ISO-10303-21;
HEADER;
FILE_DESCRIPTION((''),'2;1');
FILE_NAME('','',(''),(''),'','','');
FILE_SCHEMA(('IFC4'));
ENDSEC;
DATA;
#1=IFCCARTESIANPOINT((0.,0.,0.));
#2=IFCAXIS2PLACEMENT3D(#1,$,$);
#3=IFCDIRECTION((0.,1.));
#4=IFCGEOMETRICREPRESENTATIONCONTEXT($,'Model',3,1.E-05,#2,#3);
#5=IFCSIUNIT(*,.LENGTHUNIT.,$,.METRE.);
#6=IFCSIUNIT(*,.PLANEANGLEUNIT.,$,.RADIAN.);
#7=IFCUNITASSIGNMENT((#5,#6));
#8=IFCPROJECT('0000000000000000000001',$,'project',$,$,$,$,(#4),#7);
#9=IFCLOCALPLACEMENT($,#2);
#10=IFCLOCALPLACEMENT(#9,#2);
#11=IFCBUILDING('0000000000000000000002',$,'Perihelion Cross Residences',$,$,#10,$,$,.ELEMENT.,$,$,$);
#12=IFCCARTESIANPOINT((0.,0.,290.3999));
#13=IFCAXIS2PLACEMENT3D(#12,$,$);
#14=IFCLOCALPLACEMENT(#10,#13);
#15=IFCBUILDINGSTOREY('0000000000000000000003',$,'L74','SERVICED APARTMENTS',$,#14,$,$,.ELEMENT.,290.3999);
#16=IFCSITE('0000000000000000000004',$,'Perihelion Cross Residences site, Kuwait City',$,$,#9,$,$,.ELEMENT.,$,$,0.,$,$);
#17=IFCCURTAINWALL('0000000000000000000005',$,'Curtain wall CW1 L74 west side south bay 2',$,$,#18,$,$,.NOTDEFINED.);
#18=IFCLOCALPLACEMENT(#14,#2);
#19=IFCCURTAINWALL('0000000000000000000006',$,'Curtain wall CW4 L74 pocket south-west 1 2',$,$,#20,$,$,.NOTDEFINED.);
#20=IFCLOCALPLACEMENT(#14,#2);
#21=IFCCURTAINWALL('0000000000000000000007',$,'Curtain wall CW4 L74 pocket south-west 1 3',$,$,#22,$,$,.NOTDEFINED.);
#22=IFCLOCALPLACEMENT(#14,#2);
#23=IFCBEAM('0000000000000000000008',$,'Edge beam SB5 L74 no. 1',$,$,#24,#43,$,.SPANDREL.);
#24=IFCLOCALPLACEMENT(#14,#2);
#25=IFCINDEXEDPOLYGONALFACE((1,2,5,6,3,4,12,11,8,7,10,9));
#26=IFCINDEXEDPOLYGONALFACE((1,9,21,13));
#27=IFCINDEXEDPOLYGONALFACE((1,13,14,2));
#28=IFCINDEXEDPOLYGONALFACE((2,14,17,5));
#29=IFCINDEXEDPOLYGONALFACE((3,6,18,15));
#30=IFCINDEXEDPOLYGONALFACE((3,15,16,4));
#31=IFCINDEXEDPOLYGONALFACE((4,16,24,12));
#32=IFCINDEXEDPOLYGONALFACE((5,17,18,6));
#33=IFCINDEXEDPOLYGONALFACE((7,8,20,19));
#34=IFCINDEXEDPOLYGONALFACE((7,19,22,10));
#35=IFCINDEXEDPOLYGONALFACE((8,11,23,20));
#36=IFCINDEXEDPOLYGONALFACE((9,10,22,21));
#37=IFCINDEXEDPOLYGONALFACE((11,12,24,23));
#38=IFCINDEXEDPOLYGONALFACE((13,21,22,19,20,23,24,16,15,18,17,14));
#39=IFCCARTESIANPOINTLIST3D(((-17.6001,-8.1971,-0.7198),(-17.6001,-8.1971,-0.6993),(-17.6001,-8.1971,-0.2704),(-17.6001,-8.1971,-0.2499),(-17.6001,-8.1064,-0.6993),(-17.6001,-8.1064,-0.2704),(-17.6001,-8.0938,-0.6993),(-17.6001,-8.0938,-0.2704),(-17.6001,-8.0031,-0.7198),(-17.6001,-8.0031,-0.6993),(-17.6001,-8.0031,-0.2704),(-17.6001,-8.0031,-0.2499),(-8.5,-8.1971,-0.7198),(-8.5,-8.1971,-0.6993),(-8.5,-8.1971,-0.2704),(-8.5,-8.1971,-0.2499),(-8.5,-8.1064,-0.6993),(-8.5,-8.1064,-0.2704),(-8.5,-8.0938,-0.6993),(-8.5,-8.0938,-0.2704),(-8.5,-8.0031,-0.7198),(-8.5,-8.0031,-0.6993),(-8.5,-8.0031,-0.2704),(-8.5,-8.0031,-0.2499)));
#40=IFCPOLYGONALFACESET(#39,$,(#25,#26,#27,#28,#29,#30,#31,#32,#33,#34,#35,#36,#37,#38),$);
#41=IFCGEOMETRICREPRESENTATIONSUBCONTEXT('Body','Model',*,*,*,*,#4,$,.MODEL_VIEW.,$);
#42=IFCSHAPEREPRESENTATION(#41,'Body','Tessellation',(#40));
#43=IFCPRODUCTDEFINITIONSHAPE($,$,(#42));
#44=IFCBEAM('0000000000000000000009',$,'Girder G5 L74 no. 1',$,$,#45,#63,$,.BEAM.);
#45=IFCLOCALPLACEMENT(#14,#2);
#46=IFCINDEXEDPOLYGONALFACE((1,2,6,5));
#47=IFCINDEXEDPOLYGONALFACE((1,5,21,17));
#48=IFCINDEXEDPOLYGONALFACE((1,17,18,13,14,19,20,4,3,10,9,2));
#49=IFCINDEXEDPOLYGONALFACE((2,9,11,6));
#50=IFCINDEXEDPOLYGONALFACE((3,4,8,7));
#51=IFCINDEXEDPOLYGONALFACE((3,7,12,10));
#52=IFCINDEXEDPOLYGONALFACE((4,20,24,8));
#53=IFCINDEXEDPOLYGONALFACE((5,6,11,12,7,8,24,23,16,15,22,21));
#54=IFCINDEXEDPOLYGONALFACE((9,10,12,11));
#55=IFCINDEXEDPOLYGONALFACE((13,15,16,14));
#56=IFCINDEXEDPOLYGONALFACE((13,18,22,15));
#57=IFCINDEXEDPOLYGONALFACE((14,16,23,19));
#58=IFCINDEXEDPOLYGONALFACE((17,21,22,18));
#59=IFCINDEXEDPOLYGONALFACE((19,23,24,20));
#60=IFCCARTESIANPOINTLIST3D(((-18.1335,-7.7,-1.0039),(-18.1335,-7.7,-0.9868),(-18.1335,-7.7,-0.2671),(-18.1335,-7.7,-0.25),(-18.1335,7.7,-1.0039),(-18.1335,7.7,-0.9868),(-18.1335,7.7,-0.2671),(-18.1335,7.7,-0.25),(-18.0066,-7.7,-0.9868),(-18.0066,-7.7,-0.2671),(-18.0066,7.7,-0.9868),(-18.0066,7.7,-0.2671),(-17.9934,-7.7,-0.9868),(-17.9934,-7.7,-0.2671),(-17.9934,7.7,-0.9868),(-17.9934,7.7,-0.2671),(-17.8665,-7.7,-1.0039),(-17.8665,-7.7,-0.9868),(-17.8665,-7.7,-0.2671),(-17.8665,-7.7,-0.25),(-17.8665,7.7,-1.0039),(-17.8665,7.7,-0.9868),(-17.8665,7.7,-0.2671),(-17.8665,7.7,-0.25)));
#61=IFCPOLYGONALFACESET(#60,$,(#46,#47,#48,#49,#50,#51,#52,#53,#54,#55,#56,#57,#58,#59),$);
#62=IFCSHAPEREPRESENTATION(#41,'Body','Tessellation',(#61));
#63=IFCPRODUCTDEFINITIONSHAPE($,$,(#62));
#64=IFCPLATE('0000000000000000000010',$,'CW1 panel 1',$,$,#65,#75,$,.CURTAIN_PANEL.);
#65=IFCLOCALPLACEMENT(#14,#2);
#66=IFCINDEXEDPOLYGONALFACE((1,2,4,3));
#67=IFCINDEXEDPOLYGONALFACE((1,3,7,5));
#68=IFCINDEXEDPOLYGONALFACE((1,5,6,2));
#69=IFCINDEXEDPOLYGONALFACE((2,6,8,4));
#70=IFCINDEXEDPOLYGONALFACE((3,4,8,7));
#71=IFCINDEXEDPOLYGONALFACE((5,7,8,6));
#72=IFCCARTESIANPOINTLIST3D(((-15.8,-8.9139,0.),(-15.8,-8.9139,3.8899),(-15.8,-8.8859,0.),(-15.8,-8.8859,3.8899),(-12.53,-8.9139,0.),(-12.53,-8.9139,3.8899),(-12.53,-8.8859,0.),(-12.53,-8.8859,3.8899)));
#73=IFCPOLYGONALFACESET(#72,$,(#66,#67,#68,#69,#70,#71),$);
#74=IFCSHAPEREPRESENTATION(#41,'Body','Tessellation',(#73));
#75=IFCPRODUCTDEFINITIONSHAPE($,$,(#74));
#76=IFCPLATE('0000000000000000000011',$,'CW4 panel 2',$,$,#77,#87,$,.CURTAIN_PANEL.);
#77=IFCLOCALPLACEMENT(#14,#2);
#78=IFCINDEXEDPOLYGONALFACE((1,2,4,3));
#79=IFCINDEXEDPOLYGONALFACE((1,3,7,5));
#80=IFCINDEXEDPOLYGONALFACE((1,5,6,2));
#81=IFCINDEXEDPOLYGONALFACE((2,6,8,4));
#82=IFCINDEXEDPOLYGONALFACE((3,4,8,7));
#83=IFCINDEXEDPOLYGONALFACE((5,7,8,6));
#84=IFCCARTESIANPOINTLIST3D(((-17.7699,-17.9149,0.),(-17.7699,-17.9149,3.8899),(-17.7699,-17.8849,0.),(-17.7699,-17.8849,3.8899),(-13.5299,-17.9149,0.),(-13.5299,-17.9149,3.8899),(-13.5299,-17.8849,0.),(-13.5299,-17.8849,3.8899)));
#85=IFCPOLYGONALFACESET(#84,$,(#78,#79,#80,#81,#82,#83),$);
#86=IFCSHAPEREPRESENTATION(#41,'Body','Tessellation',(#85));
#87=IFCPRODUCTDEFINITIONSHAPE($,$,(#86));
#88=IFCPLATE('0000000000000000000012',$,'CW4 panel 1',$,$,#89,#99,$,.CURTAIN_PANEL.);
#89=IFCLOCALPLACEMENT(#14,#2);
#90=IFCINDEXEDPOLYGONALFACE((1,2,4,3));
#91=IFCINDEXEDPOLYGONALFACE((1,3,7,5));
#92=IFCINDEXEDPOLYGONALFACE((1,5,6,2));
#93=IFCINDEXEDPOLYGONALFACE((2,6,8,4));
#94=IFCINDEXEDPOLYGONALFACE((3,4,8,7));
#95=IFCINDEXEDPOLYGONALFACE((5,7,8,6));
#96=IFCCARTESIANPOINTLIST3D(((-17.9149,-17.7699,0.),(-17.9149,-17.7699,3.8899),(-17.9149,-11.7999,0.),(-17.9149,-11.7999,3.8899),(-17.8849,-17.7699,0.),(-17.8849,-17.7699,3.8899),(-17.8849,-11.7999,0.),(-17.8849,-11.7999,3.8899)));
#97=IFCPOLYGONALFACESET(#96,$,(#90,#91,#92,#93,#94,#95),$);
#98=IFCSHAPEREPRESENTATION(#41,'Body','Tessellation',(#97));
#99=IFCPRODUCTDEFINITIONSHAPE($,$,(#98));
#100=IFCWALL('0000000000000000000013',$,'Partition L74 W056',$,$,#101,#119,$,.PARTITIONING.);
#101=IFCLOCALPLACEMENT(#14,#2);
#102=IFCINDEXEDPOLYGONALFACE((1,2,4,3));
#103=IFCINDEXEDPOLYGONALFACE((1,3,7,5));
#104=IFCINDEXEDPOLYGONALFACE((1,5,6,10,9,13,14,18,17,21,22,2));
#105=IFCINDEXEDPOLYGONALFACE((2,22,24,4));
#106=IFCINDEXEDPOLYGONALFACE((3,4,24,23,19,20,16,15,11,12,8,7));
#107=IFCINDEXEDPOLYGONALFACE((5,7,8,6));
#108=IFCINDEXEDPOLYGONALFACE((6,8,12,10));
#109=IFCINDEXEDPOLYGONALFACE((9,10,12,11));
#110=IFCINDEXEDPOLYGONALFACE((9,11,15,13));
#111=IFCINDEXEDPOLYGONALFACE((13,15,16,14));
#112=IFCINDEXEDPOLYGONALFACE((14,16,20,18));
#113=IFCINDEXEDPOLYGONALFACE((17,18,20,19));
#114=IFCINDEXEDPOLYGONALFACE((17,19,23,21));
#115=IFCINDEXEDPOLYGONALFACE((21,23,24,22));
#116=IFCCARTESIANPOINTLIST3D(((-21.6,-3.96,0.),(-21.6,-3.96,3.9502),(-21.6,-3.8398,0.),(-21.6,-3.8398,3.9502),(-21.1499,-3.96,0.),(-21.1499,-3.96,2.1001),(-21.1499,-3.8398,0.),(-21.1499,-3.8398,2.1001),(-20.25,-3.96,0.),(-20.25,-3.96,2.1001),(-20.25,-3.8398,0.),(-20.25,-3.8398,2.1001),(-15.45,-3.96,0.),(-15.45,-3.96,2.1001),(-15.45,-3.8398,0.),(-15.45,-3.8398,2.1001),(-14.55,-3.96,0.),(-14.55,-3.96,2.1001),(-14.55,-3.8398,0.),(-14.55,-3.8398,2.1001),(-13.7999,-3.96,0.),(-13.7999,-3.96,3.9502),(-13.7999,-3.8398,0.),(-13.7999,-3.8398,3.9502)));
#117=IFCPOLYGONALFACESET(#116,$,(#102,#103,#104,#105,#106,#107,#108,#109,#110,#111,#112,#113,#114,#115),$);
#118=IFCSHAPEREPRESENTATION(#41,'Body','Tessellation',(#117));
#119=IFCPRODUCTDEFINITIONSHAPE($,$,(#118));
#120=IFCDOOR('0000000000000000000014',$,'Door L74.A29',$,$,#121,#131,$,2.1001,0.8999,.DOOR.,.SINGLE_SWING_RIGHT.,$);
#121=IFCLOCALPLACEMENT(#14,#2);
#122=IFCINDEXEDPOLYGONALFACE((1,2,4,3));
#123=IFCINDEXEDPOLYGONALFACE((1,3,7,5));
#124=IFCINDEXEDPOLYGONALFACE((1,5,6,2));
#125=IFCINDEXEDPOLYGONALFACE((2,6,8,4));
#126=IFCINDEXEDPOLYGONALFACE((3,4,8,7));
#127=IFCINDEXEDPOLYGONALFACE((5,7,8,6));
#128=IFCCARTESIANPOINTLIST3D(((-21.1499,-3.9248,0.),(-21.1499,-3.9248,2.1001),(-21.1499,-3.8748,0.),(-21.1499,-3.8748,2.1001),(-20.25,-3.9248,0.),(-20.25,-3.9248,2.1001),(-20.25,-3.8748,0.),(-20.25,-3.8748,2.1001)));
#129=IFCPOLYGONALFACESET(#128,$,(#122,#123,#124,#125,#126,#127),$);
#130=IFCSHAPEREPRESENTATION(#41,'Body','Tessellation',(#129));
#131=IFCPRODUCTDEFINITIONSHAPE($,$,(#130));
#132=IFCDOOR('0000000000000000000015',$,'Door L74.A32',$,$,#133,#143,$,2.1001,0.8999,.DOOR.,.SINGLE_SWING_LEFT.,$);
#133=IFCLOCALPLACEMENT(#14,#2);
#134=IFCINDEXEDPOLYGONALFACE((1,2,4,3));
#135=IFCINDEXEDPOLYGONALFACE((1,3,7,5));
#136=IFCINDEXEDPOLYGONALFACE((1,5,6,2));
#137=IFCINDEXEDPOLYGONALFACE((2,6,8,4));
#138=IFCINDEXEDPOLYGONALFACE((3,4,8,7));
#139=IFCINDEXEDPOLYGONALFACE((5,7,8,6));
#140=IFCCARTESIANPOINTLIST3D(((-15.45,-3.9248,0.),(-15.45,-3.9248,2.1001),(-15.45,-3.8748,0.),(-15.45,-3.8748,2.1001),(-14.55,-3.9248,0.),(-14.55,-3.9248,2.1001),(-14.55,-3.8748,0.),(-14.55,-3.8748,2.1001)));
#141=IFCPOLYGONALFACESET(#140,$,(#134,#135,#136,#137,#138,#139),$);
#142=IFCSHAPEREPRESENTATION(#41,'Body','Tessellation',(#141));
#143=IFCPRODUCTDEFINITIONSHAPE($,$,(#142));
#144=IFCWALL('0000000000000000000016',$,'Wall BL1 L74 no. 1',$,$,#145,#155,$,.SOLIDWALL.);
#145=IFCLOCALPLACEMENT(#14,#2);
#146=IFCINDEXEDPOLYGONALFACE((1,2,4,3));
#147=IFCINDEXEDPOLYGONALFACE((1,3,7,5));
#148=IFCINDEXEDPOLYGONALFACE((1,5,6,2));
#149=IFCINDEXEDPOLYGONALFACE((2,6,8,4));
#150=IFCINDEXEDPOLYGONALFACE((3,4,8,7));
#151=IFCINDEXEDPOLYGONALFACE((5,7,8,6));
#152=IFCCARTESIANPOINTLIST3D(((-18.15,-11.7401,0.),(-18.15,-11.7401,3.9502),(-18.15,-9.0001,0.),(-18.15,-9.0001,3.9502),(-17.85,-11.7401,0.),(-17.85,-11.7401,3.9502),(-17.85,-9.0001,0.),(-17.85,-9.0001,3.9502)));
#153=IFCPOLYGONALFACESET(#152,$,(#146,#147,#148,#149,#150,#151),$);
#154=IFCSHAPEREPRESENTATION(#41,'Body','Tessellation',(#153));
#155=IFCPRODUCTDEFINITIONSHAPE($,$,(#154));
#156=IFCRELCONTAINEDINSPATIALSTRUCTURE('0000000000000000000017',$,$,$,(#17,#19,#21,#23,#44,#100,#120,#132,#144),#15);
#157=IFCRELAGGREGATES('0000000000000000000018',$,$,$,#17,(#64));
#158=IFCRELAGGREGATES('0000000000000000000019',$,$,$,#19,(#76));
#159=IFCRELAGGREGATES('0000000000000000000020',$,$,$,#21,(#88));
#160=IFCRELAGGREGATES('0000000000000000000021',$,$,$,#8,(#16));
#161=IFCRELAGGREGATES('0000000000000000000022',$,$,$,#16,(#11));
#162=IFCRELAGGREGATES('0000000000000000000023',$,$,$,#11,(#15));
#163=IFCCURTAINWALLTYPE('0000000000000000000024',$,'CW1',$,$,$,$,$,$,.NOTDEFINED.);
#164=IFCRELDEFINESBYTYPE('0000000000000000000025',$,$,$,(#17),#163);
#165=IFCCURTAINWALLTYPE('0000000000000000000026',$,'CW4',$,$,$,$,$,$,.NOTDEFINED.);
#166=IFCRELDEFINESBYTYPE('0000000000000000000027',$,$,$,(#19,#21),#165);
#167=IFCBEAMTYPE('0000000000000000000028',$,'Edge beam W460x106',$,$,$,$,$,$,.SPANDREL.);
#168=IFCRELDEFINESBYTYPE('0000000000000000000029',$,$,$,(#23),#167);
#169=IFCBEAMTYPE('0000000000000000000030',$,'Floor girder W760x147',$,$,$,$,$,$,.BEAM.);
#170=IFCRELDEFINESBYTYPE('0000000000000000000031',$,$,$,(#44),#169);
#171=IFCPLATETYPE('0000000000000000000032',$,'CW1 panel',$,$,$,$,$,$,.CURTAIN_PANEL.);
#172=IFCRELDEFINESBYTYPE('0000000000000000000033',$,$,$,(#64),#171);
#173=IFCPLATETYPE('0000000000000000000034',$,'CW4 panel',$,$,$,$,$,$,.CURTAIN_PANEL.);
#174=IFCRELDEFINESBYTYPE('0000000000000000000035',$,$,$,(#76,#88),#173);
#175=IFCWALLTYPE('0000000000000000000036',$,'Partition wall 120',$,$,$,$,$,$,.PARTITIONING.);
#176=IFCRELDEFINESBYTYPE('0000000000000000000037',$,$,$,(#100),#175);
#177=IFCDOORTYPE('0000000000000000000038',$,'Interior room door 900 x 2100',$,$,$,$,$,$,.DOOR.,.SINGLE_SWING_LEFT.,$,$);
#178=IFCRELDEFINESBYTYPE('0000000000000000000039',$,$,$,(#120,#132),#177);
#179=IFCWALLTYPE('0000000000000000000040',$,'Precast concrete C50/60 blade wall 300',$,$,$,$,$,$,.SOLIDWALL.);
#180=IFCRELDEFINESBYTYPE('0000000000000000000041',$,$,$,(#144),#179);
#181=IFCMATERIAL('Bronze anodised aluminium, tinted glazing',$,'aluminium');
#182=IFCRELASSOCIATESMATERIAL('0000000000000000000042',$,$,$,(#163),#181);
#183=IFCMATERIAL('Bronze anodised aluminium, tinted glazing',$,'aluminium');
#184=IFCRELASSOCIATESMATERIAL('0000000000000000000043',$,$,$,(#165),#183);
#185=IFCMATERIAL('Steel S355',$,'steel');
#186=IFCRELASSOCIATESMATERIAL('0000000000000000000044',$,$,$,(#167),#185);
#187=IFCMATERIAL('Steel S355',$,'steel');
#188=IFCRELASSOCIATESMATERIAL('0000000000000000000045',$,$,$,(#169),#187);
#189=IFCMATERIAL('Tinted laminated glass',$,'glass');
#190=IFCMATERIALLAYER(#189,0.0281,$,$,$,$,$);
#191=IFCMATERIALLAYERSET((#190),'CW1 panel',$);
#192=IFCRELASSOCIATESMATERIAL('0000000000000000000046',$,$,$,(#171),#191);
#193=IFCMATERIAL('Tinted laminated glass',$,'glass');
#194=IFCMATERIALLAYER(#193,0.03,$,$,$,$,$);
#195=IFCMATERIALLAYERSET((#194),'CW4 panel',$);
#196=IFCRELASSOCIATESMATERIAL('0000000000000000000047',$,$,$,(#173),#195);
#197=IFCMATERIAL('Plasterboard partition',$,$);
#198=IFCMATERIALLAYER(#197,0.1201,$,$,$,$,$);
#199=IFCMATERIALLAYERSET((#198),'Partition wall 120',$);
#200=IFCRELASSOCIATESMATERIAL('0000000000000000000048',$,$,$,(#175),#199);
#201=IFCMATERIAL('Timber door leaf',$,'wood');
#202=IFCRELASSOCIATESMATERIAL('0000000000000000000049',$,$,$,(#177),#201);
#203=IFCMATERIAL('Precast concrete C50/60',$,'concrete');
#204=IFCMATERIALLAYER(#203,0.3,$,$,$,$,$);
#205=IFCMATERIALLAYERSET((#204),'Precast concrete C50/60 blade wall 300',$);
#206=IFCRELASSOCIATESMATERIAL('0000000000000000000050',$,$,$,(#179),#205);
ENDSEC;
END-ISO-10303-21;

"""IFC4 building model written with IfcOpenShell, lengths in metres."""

from ifc_helpers import new_model, si_unit, direction, frame, frame_2d, origin, origin_2d, place, context, subcontext, project, spatial, rectangle, i_section, extrude, material, layer, layer_set, material_profile, profile_set, type_object, element, fill, aggregate, save


model = new_model("IFC4")

# Units and contexts
model_context = context("Model", 3, precision=1e-05, world=origin(), true_north=direction((0.0, 1.0)))
body_context = subcontext(model_context, "Body", "Model", "MODEL_VIEW")
ifc_project = project(units=[si_unit("LENGTHUNIT", "METRE"), si_unit("PLANEANGLEUNIT", "RADIAN")], contexts=[model_context])

# Site, building, storey
site_placement = place(None, origin())
site = spatial("IfcSite", under=ifc_project, at=site_placement, Name="Perihelion Cross Residences site, Kuwait City", CompositionType="ELEMENT", RefElevation=0.0)
building_placement = place(site_placement, origin())
building = spatial("IfcBuilding", under=site, at=building_placement, Name="Perihelion Cross Residences", CompositionType="ELEMENT")
storey_placement = place(building_placement, frame((0.0, 0.0, 290.3999)))
storey = spatial("IfcBuildingStorey", under=building, at=storey_placement, Name="L74", Description="SERVICED APARTMENTS", CompositionType="ELEMENT", Elevation=290.3999)

# Curtain walls
ifc_material_1 = material(Name="Bronze anodised aluminium, tinted glazing", Category="aluminium")
curtain_wall_type_1 = type_object("IfcCurtainWallType", Name="CW1", PredefinedType="NOTDEFINED", material=ifc_material_1)
curtain_wall_1_placement = place(storey_placement, origin())
curtain_wall_1 = element("IfcCurtainWall", 1, at=curtain_wall_1_placement, inside=storey, type_object=curtain_wall_type_1, Name="Curtain wall CW1 L74 west side south bay 2", PredefinedType="NOTDEFINED")
ifc_material_2 = material(Name="Bronze anodised aluminium, tinted glazing", Category="aluminium")
curtain_wall_type_2 = type_object("IfcCurtainWallType", Name="CW4", PredefinedType="NOTDEFINED", material=ifc_material_2)
curtain_wall_2_placement = place(storey_placement, origin())
curtain_wall_2 = element("IfcCurtainWall", 2, at=curtain_wall_2_placement, inside=storey, type_object=curtain_wall_type_2, Name="Curtain wall CW4 L74 pocket south-west 1 2", PredefinedType="NOTDEFINED")

# Curtain wall
curtain_wall_3_placement = place(storey_placement, origin())
curtain_wall_3 = element("IfcCurtainWall", 3, at=curtain_wall_3_placement, inside=storey, type_object=curtain_wall_type_2, Name="Curtain wall CW4 L74 pocket south-west 1 3", PredefinedType="NOTDEFINED")

# Beams
ifc_material_3 = material(Name="Steel S355", Category="steel")
ifc_material_profile_1 = material_profile(ifc_material_3, i_section(OverallWidth=0.1941, OverallDepth=0.47, WebThickness=0.0127, FlangeThickness=0.0205, at=origin_2d()), Name="W460x106")
ifc_profile_set_1 = profile_set([ifc_material_profile_1], Name="Steel S355")
beam_type_1 = type_object("IfcBeamType", Name="Edge beam W460x106", PredefinedType="SPANDREL", material=ifc_profile_set_1)
beam_1_placement = place(storey_placement, frame((-17.6001, -8.1001, -0.4849), z_axis=(1.0, 0.0, 0.0), x_axis=(0.0, 1.0, 0.0)))
element("IfcBeam", 4, at=beam_1_placement, inside=storey, type_object=beam_type_1, Name="Edge beam SB5 L74 no. 1", PredefinedType="SPANDREL", context=body_context, shape_type="SweptSolid", body=[
    extrude(i_section(OverallWidth=0.1941, OverallDepth=0.47, WebThickness=0.0127, FlangeThickness=0.0205, at=origin_2d()), origin(), (0.0, 0.0, 1.0), 9.1001),
])
ifc_material_4 = material(Name="Steel S355", Category="steel")
ifc_material_profile_2 = material_profile(ifc_material_4, i_section(OverallWidth=0.2671, OverallDepth=0.7539, WebThickness=0.0132, FlangeThickness=0.0171, at=origin_2d()), Name="W760x147")
ifc_profile_set_2 = profile_set([ifc_material_profile_2], Name="Steel S355")
beam_type_2 = type_object("IfcBeamType", Name="Floor girder W760x147", PredefinedType="BEAM", material=ifc_profile_set_2)
beam_2_placement = place(storey_placement, frame((-18.0, -7.7, -0.627), z_axis=(0.0, 1.0, 0.0), x_axis=(-1.0, 0.0, 0.0)))
element("IfcBeam", 5, at=beam_2_placement, inside=storey, type_object=beam_type_2, Name="Girder G5 L74 no. 1", PredefinedType="BEAM", context=body_context, shape_type="SweptSolid", body=[
    extrude(i_section(OverallWidth=0.2671, OverallDepth=0.7539, WebThickness=0.0132, FlangeThickness=0.0171, at=origin_2d()), origin(), (0.0, 0.0, 1.0), 15.3999),
])

# Plates
ifc_material_5 = material(Name="Tinted laminated glass", Category="glass")
ifc_layer_1 = layer(ifc_material_5, 0.0281)
ifc_layer_set_1 = layer_set([ifc_layer_1], Name="CW1 panel")
plate_type_1 = type_object("IfcPlateType", Name="CW1 panel", PredefinedType="CURTAIN_PANEL", material=ifc_layer_set_1)
plate_1_placement = place(storey_placement, frame((-14.165, -8.8999, 0.0), z_axis=(0.0, 0.0, 1.0), x_axis=(1.0, 0.0, 0.0)))
plate_1 = element("IfcPlate", 6, at=plate_1_placement, type_object=plate_type_1, Name="CW1 panel 1", PredefinedType="CURTAIN_PANEL", context=body_context, shape_type="SweptSolid", body=[
    extrude(rectangle(XDim=3.27, YDim=0.0281, at=origin_2d()), origin(), (0.0, 0.0, 1.0), 3.8899),
])
aggregate(curtain_wall_1, [plate_1])
ifc_material_6 = material(Name="Tinted laminated glass", Category="glass")
ifc_layer_2 = layer(ifc_material_6, 0.03)
ifc_layer_set_2 = layer_set([ifc_layer_2], Name="CW4 panel")
plate_type_2 = type_object("IfcPlateType", Name="CW4 panel", PredefinedType="CURTAIN_PANEL", material=ifc_layer_set_2)
plate_2_placement = place(storey_placement, frame((-15.6499, -17.8999, 0.0), z_axis=(0.0, 0.0, 1.0), x_axis=(-1.0, 0.0, 0.0)))
plate_2 = element("IfcPlate", 7, at=plate_2_placement, type_object=plate_type_2, Name="CW4 panel 2", PredefinedType="CURTAIN_PANEL", context=body_context, shape_type="SweptSolid", body=[
    extrude(rectangle(XDim=4.24, YDim=0.03, at=origin_2d()), origin(), (0.0, 0.0, 1.0), 3.8899),
])
aggregate(curtain_wall_2, [plate_2])
plate_3_placement = place(storey_placement, frame((-17.8999, -14.7849, 0.0), z_axis=(0.0, 0.0, 1.0), x_axis=(0.0, 1.0, 0.0)))
plate_3 = element("IfcPlate", 8, at=plate_3_placement, type_object=plate_type_2, Name="CW4 panel 1", PredefinedType="CURTAIN_PANEL", context=body_context, shape_type="SweptSolid", body=[
    extrude(rectangle(XDim=5.97, YDim=0.03, at=origin_2d()), origin(), (0.0, 0.0, 1.0), 3.8899),
])
aggregate(curtain_wall_3, [plate_3])

# Wall, openings, doors
ifc_material_7 = material(Name="Plasterboard partition")
ifc_layer_3 = layer(ifc_material_7, 0.1201)
ifc_layer_set_3 = layer_set([ifc_layer_3], Name="Partition wall 120")
wall_type_1 = type_object("IfcWallType", Name="Partition wall 120", PredefinedType="PARTITIONING", material=ifc_layer_set_3)
wall_1_placement = place(storey_placement, frame((-13.8, -3.8999, 0.0), z_axis=(0.0, 0.0, 1.0), x_axis=(-1.0, 0.0, 0.0)))
wall_1 = element("IfcWall", 9, at=wall_1_placement, inside=storey, type_object=wall_type_1, Name="Partition L74 W056", PredefinedType="PARTITIONING", context=body_context, shape_type="SweptSolid", body=[
    extrude(rectangle(XDim=7.8, YDim=0.1201, at=frame_2d((3.8999, 0.0))), origin(), (0.0, 0.0, 1.0), 3.9502),
])
opening_1_placement = place(wall_1_placement, frame((6.45, 0.0, 0.0)))
opening_1 = element("IfcOpeningElement", 10, at=opening_1_placement, cuts=wall_1, PredefinedType="OPENING", context=body_context, shape_type="SweptSolid", body=[
    extrude(rectangle(XDim=0.8999, YDim=2.1001, at=frame_2d((0.45, 1.05))), frame((0.0, 0.0701, 0.0), z_axis=(0.0, -1.0, 0.0), x_axis=(1.0, 0.0, 0.0)), (0.0, 0.0, 1.0), 0.1401),
])
opening_2_placement = place(wall_1_placement, frame((0.75, 0.0, 0.0)))
opening_2 = element("IfcOpeningElement", 11, at=opening_2_placement, cuts=wall_1, PredefinedType="OPENING", context=body_context, shape_type="SweptSolid", body=[
    extrude(rectangle(XDim=0.8999, YDim=2.1001, at=frame_2d((0.45, 1.05))), frame((0.0, 0.0701, 0.0), z_axis=(0.0, -1.0, 0.0), x_axis=(1.0, 0.0, 0.0)), (0.0, 0.0, 1.0), 0.1401),
])
ifc_material_8 = material(Name="Timber door leaf", Category="wood")
door_type_1 = type_object("IfcDoorType", Name="Interior room door 900 x 2100", OperationType="SINGLE_SWING_LEFT", PredefinedType="DOOR", material=ifc_material_8)
door_1_placement = place(opening_1_placement, origin())
door_1 = element("IfcDoor", 12, at=door_1_placement, inside=storey, type_object=door_type_1, Name="Door L74.A29", OperationType="SINGLE_SWING_RIGHT", OverallHeight=2.1001, OverallWidth=0.8999, PredefinedType="DOOR", context=body_context, shape_type="SweptSolid", body=[
    extrude(rectangle(XDim=0.8999, YDim=2.1001, at=frame_2d((0.45, 1.05))), frame((0.0, 0.0249, 0.0), z_axis=(0.0, -1.0, 0.0), x_axis=(1.0, 0.0, 0.0)), (0.0, 0.0, 1.0), 0.05),
])
fill(opening_1, door_1)
door_2_placement = place(opening_2_placement, origin())
door_2 = element("IfcDoor", 13, at=door_2_placement, inside=storey, type_object=door_type_1, Name="Door L74.A32", OperationType="SINGLE_SWING_LEFT", OverallHeight=2.1001, OverallWidth=0.8999, PredefinedType="DOOR", context=body_context, shape_type="SweptSolid", body=[
    extrude(rectangle(XDim=0.8999, YDim=2.1001, at=frame_2d((0.45, 1.05))), frame((0.0, 0.0249, 0.0), z_axis=(0.0, -1.0, 0.0), x_axis=(1.0, 0.0, 0.0)), (0.0, 0.0, 1.0), 0.05),
])
fill(opening_2, door_2)

# Wall
ifc_material_9 = material(Name="Precast concrete C50/60", Category="concrete")
ifc_layer_4 = layer(ifc_material_9, 0.3)
ifc_layer_set_4 = layer_set([ifc_layer_4], Name="Precast concrete C50/60 blade wall 300")
wall_type_2 = type_object("IfcWallType", Name="Precast concrete C50/60 blade wall 300", PredefinedType="SOLIDWALL", material=ifc_layer_set_4)
wall_2_placement = place(storey_placement, frame((-18.0, -9.0, 0.0), z_axis=(0.0, 0.0, 1.0), x_axis=(0.0, -1.0, 0.0)))
element("IfcWall", 14, at=wall_2_placement, inside=storey, type_object=wall_type_2, Name="Wall BL1 L74 no. 1", PredefinedType="SOLIDWALL", context=body_context, shape_type="SweptSolid", body=[
    extrude(rectangle(XDim=2.74, YDim=0.3, at=frame_2d((1.3701, 0.0))), origin(), (0.0, 0.0, 1.0), 3.9502),
])

save(model, "model.ifc")
